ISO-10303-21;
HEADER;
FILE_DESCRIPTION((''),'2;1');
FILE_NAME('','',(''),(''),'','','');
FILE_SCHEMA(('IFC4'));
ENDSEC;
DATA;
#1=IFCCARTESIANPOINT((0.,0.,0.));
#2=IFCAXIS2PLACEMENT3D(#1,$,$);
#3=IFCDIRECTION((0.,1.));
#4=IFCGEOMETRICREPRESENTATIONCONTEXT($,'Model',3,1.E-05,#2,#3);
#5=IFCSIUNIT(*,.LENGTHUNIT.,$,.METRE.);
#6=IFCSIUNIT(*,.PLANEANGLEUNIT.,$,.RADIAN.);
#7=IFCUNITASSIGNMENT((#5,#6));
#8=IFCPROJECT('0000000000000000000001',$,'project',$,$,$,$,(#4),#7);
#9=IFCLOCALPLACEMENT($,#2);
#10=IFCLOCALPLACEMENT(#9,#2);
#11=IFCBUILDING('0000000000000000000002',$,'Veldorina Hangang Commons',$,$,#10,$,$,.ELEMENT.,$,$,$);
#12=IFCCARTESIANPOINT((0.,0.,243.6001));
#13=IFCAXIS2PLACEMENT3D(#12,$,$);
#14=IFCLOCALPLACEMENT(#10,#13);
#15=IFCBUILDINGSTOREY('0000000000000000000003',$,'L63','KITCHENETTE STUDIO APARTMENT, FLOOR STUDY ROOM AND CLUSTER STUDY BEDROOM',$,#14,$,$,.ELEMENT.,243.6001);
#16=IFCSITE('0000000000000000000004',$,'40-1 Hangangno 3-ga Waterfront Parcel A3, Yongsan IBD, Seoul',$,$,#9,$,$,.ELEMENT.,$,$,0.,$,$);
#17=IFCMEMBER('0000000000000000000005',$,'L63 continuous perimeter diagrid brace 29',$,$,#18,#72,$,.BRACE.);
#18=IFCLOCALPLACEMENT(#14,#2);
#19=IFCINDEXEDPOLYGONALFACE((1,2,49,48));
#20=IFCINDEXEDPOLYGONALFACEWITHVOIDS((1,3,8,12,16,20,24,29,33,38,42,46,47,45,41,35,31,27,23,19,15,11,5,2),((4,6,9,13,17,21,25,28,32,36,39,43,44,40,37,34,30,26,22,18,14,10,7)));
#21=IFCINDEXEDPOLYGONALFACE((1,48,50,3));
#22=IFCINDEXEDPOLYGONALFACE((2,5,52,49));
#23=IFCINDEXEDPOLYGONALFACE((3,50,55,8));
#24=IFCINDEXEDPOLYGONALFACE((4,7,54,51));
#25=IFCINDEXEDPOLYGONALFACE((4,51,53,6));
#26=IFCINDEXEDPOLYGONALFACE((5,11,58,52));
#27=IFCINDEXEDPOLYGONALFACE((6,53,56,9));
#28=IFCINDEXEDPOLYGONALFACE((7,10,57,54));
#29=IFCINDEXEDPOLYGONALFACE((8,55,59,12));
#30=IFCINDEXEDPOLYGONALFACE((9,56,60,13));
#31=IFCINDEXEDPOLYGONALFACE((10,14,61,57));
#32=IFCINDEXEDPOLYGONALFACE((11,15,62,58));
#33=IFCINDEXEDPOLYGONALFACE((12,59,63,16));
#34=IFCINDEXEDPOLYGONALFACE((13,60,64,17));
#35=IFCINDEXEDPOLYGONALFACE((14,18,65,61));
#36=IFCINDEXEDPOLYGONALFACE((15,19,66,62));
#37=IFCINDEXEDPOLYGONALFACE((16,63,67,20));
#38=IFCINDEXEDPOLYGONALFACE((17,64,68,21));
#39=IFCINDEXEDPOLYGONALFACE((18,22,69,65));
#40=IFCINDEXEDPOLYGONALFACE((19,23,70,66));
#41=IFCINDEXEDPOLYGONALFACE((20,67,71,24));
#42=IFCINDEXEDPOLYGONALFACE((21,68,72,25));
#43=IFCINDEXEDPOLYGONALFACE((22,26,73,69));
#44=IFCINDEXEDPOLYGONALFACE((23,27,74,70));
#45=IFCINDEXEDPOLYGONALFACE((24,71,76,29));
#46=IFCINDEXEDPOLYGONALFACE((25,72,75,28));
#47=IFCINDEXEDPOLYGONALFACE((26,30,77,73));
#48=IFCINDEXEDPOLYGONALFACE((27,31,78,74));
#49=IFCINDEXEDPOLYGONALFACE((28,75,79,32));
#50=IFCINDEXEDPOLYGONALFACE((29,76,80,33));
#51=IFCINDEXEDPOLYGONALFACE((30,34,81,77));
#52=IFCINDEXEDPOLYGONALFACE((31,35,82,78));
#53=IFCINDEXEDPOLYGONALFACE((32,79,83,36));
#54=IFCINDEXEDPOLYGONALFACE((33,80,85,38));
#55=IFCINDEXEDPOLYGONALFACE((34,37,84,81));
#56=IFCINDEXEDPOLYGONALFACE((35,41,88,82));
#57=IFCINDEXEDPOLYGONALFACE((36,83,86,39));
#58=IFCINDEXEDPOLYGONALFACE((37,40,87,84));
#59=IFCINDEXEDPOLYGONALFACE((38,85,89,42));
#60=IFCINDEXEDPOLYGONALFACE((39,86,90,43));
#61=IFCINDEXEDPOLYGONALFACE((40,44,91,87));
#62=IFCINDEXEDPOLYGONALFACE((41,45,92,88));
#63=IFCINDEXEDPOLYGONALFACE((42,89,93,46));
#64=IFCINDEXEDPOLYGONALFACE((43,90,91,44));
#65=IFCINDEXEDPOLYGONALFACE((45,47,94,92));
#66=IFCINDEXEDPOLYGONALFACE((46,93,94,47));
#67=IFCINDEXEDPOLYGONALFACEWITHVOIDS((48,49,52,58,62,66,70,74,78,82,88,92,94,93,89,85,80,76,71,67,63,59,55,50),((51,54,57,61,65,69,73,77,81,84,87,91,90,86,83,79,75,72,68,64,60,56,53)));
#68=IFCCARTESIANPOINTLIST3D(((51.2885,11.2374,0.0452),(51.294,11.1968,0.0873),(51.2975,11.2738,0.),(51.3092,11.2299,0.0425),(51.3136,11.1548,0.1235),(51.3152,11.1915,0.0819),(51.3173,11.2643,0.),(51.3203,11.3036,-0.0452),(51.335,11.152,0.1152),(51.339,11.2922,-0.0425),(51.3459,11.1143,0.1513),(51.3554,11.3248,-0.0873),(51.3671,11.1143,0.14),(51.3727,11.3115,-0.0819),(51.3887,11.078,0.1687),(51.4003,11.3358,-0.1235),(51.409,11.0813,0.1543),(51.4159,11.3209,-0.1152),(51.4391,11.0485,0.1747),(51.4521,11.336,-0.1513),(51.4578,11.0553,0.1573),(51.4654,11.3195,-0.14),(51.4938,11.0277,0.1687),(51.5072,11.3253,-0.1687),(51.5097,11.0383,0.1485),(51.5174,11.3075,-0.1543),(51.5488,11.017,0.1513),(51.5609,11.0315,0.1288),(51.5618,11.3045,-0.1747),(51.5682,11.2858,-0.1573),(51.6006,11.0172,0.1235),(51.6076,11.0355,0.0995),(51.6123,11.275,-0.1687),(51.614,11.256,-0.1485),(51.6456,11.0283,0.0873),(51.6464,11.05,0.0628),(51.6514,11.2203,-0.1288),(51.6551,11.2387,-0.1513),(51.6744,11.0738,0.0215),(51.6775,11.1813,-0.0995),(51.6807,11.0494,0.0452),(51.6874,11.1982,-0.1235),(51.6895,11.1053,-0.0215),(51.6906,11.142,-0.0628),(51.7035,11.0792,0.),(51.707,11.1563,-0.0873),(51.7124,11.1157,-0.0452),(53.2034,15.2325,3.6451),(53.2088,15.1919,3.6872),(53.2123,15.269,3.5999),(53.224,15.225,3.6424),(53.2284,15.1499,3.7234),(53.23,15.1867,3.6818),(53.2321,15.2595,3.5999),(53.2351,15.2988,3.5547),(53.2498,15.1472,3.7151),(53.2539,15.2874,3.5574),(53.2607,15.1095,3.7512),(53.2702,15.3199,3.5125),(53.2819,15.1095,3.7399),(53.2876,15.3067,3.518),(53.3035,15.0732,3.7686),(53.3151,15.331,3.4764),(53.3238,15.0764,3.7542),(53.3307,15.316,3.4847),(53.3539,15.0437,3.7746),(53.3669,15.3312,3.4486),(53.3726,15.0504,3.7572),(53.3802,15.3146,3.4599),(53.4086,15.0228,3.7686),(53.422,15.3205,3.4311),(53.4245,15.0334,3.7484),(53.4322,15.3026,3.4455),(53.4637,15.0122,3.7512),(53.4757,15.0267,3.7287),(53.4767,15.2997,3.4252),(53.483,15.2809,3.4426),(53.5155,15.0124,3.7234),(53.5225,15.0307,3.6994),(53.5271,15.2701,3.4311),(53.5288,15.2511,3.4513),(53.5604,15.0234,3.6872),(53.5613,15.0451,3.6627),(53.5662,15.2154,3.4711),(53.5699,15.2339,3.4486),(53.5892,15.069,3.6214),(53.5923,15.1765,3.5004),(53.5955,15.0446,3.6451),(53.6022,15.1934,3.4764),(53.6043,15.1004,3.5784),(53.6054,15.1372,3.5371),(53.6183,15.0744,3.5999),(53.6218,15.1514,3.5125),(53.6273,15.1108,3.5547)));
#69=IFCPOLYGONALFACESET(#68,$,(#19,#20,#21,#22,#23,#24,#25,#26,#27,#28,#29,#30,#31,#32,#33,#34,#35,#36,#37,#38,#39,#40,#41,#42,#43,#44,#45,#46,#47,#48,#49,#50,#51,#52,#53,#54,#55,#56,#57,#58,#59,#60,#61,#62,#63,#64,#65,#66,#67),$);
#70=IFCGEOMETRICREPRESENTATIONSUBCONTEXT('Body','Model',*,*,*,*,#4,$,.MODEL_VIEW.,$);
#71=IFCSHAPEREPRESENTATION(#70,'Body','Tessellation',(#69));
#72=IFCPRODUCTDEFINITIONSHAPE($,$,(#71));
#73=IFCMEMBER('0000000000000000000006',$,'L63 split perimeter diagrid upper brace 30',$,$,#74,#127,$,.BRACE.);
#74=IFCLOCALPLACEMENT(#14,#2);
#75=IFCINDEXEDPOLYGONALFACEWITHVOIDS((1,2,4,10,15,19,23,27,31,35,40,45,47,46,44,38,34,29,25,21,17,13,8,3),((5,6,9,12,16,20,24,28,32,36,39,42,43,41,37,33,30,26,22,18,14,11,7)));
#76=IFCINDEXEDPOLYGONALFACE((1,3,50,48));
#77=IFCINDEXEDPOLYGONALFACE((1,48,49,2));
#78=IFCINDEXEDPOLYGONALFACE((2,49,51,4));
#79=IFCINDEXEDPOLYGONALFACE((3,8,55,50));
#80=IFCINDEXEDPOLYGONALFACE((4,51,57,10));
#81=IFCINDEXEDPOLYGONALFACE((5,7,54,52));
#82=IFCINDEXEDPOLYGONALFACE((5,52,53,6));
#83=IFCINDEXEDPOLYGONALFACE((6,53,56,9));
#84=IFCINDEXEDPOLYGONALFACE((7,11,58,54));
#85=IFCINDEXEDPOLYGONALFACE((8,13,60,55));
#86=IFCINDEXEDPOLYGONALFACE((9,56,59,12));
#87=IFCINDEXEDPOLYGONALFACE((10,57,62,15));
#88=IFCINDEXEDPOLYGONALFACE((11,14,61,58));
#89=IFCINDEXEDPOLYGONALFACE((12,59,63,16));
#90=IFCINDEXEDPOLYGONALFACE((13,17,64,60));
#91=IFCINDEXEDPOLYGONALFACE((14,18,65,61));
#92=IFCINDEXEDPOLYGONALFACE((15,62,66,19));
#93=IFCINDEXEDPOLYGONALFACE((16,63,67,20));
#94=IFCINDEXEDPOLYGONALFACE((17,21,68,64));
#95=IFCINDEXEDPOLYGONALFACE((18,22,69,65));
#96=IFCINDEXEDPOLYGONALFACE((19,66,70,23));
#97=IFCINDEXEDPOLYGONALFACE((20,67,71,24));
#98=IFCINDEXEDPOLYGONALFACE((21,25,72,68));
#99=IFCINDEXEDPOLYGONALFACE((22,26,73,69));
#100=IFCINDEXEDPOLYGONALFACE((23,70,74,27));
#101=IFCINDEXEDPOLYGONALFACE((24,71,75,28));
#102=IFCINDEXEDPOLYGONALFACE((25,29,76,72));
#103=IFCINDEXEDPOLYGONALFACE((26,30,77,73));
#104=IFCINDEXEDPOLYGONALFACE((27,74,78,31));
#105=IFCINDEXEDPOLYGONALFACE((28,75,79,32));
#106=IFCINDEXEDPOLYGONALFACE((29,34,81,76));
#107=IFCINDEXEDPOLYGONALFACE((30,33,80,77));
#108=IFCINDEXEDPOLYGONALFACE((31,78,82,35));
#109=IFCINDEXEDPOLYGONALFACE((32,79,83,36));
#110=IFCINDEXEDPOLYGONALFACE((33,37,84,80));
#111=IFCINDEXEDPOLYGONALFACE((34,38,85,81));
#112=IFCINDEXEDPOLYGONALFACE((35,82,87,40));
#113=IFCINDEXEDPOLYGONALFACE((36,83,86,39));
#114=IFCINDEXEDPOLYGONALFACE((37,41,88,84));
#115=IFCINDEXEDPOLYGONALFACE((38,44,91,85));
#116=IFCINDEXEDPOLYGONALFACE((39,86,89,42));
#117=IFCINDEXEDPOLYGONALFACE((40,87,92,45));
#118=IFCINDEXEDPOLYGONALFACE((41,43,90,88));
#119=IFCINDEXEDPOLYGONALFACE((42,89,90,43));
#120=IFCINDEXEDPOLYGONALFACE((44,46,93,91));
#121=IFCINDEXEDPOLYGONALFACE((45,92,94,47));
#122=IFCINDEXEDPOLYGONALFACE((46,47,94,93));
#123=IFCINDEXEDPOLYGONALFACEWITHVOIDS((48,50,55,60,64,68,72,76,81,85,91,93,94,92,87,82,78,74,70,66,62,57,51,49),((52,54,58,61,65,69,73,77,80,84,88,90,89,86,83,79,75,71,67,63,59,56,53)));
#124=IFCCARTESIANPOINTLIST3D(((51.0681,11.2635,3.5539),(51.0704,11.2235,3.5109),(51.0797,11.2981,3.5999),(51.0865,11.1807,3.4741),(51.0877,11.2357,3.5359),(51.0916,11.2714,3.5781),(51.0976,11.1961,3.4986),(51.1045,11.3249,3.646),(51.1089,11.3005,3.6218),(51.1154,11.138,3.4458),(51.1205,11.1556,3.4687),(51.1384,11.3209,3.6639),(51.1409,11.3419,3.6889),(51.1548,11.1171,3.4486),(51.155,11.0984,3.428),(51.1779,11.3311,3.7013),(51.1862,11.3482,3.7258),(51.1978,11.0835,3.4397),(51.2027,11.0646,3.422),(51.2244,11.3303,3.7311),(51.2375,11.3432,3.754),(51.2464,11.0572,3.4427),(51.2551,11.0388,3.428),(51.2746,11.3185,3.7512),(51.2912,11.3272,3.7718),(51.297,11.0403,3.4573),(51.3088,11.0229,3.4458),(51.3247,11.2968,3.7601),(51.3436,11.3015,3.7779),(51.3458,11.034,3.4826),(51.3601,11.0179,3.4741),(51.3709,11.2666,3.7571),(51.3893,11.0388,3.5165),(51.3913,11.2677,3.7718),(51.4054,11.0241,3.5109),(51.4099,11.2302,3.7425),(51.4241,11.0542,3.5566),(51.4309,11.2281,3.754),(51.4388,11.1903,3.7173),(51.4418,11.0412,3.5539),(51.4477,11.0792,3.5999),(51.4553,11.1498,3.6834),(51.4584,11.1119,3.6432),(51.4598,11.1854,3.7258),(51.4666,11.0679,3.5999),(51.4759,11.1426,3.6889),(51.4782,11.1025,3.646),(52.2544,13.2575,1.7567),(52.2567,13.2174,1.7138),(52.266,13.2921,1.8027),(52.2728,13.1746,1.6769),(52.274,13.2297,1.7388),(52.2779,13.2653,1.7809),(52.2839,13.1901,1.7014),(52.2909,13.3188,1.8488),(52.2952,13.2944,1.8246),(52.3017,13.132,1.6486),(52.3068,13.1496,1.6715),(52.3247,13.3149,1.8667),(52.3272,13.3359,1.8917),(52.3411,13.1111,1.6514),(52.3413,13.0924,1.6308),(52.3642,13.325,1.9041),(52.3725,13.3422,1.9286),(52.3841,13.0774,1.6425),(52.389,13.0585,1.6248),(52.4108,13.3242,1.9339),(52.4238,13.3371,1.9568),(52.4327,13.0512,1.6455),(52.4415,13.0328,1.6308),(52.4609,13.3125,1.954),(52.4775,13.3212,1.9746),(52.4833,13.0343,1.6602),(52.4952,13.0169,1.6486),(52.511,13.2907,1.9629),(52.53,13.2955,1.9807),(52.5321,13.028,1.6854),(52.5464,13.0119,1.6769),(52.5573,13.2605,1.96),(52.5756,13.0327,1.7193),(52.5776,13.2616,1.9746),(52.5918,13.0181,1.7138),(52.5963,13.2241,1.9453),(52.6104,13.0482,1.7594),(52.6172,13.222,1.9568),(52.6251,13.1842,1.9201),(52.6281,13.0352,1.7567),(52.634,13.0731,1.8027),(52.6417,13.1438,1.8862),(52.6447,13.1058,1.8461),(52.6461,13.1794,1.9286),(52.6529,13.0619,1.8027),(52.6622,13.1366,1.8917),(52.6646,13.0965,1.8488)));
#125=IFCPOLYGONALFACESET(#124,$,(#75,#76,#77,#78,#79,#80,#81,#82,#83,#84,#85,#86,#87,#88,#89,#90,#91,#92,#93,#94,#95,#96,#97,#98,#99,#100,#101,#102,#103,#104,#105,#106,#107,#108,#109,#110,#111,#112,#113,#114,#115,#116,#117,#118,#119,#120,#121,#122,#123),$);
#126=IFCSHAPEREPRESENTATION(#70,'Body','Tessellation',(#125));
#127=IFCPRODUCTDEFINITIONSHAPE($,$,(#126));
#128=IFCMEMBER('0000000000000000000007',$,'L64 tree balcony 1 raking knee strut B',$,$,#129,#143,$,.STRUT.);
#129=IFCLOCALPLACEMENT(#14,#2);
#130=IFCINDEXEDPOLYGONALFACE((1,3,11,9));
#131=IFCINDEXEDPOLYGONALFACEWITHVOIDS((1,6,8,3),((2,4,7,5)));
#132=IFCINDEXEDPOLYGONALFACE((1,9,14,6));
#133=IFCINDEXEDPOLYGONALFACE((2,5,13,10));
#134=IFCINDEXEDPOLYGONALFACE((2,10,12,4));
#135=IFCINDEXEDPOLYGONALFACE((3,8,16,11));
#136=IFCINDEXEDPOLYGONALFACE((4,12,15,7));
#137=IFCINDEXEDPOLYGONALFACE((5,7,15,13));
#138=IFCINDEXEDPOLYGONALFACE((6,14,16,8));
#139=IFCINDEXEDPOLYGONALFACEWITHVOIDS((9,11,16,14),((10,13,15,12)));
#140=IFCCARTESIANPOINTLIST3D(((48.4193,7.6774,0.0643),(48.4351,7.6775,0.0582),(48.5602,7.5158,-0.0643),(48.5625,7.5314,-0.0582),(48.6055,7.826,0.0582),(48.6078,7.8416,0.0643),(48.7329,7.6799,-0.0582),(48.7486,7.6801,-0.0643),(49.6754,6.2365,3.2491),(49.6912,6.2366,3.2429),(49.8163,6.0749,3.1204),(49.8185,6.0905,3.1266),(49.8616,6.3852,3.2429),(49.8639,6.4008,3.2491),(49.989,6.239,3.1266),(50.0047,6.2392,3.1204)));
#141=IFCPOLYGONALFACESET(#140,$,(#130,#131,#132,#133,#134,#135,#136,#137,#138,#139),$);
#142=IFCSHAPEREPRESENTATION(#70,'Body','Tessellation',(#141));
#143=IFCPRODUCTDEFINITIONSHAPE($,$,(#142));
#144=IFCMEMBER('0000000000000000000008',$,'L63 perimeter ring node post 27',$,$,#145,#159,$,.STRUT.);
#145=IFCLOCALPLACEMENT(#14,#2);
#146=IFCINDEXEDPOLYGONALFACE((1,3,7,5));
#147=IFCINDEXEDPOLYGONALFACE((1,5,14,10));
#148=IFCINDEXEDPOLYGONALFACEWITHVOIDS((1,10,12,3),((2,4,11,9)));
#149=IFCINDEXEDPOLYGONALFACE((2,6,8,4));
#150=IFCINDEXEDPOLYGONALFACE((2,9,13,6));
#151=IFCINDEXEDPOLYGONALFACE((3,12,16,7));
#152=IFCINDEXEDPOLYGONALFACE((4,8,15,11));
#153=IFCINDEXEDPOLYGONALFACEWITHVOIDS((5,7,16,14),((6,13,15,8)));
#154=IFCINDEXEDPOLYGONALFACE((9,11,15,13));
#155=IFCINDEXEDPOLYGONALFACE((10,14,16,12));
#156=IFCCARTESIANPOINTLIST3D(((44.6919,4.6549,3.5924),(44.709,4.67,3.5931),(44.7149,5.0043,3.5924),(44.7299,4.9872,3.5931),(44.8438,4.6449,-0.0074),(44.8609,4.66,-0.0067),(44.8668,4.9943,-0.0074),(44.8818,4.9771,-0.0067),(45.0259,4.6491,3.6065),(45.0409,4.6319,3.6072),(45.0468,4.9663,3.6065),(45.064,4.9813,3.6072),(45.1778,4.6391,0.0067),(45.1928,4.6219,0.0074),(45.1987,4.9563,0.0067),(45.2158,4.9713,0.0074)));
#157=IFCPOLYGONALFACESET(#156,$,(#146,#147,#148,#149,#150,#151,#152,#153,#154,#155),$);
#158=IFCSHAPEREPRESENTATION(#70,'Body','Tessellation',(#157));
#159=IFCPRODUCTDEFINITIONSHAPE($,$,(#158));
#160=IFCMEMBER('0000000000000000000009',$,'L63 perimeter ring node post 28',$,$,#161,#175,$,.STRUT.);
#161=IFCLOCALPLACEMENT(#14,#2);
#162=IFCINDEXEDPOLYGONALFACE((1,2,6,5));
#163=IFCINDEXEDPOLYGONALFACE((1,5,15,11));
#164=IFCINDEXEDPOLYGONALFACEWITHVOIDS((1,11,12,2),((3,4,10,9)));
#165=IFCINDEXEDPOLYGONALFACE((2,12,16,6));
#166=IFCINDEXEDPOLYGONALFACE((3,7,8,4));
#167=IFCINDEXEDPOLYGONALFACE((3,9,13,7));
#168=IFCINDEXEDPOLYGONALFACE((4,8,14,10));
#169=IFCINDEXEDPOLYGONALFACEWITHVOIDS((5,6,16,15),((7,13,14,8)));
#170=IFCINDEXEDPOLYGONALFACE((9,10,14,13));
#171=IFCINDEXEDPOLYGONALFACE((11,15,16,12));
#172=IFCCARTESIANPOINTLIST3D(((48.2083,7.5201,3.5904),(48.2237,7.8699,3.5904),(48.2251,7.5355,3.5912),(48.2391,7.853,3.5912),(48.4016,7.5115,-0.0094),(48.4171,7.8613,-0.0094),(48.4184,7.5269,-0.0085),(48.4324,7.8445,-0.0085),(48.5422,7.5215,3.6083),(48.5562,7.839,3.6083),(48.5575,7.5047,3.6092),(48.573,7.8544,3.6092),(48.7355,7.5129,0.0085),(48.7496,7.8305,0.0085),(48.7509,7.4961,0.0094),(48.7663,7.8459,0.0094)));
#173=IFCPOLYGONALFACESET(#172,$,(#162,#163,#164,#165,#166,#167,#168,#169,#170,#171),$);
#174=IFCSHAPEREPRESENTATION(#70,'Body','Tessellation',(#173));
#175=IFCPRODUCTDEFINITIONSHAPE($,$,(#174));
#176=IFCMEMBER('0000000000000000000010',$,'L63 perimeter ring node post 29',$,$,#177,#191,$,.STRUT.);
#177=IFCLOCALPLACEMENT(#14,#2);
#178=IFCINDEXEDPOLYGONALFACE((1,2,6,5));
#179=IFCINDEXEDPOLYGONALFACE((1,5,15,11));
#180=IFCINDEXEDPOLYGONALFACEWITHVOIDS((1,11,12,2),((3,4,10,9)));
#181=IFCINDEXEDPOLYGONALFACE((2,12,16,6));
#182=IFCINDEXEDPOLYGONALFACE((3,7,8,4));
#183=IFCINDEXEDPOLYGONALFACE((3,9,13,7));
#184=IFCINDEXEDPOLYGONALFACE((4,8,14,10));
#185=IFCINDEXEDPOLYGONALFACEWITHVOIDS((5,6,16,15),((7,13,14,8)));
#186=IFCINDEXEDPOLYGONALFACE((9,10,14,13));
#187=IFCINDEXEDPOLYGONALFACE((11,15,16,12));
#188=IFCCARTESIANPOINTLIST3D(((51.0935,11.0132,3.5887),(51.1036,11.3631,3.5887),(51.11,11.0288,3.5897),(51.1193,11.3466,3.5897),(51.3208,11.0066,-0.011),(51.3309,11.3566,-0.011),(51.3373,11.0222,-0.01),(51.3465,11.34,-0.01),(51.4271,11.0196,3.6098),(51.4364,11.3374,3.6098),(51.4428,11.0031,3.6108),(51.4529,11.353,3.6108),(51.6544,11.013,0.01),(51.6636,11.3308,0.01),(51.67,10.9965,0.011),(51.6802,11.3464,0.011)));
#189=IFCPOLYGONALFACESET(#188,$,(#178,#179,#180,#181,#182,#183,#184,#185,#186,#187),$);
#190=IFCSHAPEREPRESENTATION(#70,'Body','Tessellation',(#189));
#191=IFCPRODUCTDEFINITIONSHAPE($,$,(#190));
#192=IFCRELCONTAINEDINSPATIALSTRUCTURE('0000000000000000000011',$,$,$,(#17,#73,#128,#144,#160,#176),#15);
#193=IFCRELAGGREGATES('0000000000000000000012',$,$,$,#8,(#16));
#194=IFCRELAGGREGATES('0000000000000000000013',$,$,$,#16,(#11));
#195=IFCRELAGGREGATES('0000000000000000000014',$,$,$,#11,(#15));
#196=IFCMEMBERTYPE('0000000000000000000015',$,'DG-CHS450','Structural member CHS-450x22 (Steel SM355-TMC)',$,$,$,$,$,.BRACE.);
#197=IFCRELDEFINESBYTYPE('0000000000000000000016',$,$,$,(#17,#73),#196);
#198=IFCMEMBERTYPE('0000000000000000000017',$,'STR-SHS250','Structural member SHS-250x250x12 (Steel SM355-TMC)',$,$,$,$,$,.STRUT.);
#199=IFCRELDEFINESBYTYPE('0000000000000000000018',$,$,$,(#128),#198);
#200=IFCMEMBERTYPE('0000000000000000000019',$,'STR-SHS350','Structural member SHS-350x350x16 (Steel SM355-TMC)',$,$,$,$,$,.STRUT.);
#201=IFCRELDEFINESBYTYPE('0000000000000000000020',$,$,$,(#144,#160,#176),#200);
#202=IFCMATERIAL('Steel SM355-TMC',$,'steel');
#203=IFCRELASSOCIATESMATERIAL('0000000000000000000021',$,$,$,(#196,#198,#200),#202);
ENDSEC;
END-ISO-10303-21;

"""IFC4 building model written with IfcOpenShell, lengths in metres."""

from ifc_helpers import new_model, si_unit, direction, frame, origin, origin_2d, place, context, subcontext, project, spatial, hollow_rectangle, hollow_circle, extrude, material, material_profile, profile_set, type_object, element, save


model = new_model("IFC4")

# Units and contexts
model_context = context("Model", 3, precision=1e-05, world=origin(), true_north=direction((0.0, 1.0)))
body_context = subcontext(model_context, "Body", "Model", "MODEL_VIEW")
ifc_project = project(units=[si_unit("LENGTHUNIT", "METRE"), si_unit("PLANEANGLEUNIT", "RADIAN")], contexts=[model_context])

# Site, building, storey
site_placement = place(None, origin())
site = spatial("IfcSite", under=ifc_project, at=site_placement, Name="40-1 Hangangno 3-ga Waterfront Parcel A3, Yongsan IBD, Seoul", CompositionType="ELEMENT", RefElevation=0.0)
building_placement = place(site_placement, origin())
building = spatial("IfcBuilding", under=site, at=building_placement, Name="Veldorina Hangang Commons", CompositionType="ELEMENT")
storey_placement = place(building_placement, frame((0.0, 0.0, 243.6001)))
storey = spatial("IfcBuildingStorey", under=building, at=storey_placement, Name="L63", Description="KITCHENETTE STUDIO APARTMENT, FLOOR STUDY ROOM AND CLUSTER STUDY BEDROOM", CompositionType="ELEMENT", Elevation=243.6001)

# Shared definitions
ifc_material_1 = material(Name="Steel SM355-TMC", Category="steel")

# Members
ifc_material_profile_1 = material_profile(ifc_material_1, hollow_circle(Radius=0.2251, WallThickness=0.022, at=origin_2d()), Name="CHS-450x22")
ifc_profile_set_1 = profile_set([ifc_material_profile_1], Name="Steel SM355-TMC")
member_type_1 = type_object("IfcMemberType", Name="DG-CHS450", Description="Structural member CHS-450x22 (Steel SM355-TMC)", PredefinedType="BRACE", material=ifc_profile_set_1)
member_1_placement = place(storey_placement, frame((51.5005, 11.1765, 0.0), z_axis=(0.335432, 0.699861, 0.630619), x_axis=(-0.901775, 0.432206, 0.0)))
element("IfcMember", 1, at=member_1_placement, inside=storey, type_object=member_type_1, Name="L63 continuous perimeter diagrid brace 29", PredefinedType="BRACE", context=body_context, shape_type="SweptSolid", body=[
    extrude(hollow_circle(Radius=0.2251, WallThickness=0.022, at=origin_2d()), origin(), (0.0, 0.0, 1.0), 5.7085),
])
member_2_placement = place(storey_placement, frame((52.4595, 13.177, 1.8027), z_axis=(-0.404224, -0.679419, 0.612367), x_axis=(0.8594, -0.511304, 0.0)))
element("IfcMember", 2, at=member_2_placement, inside=storey, type_object=member_type_1, Name="L63 split perimeter diagrid upper brace 30", PredefinedType="BRACE", context=body_context, shape_type="SweptSolid", body=[
    extrude(hollow_circle(Radius=0.2251, WallThickness=0.022, at=origin_2d()), origin(), (0.0, 0.0, 1.0), 2.9348),
])
ifc_material_profile_2 = material_profile(ifc_material_1, hollow_rectangle(XDim=0.25, YDim=0.25, WallThickness=0.012, at=origin_2d()), Name="SHS-250x250x12")
ifc_profile_set_2 = profile_set([ifc_material_profile_2], Name="Steel SM355-TMC")
member_type_2 = type_object("IfcMemberType", Name="STR-SHS250", Description="Structural member SHS-250x250x12 (Steel SM355-TMC)", PredefinedType="STRUT", material=ifc_profile_set_2)
member_3_placement = place(storey_placement, frame((48.584, 7.6787, 0.0), z_axis=(0.338167, -0.387923, 0.857414), x_axis=(0.753794, 0.657111, 0.0)))
element("IfcMember", 3, at=member_3_placement, inside=storey, type_object=member_type_2, Name="L64 tree balcony 1 raking knee strut B", PredefinedType="STRUT", context=body_context, shape_type="SweptSolid", body=[
    extrude(hollow_rectangle(XDim=0.25, YDim=0.25, WallThickness=0.012, at=origin_2d()), origin(), (0.0, 0.0, 1.0), 3.7144),
])
ifc_material_profile_3 = material_profile(ifc_material_1, hollow_rectangle(XDim=0.3501, YDim=0.3501, WallThickness=0.0161, at=origin_2d()), Name="SHS-350x350x16")
ifc_profile_set_3 = profile_set([ifc_material_profile_3], Name="Steel SM355-TMC")
member_type_3 = type_object("IfcMemberType", Name="STR-SHS350", Description="Structural member SHS-350x350x16 (Steel SM355-TMC)", PredefinedType="STRUT", material=ifc_profile_set_3)
member_4_placement = place(storey_placement, frame((45.0298, 4.8081, 0.0), z_axis=(-0.042146, 0.002778, 0.999108), x_axis=(-0.065774, -0.997835, 0.0)))
element("IfcMember", 4, at=member_4_placement, inside=storey, type_object=member_type_3, Name="L63 perimeter ring node post 27", PredefinedType="STRUT", context=body_context, shape_type="SweptSolid", body=[
    extrude(hollow_rectangle(XDim=0.3501, YDim=0.3501, WallThickness=0.0161, at=origin_2d()), origin(), (0.0, 0.0, 1.0), 3.603),
])
member_5_placement = place(storey_placement, frame((48.584, 7.6787, 0.0), z_axis=(-0.053636, 0.00237, 0.998558), x_axis=(-0.044149, -0.999025, 0.0)))
element("IfcMember", 5, at=member_5_placement, inside=storey, type_object=member_type_3, Name="L63 perimeter ring node post 28", PredefinedType="STRUT", context=body_context, shape_type="SweptSolid", body=[
    extrude(hollow_rectangle(XDim=0.3501, YDim=0.3501, WallThickness=0.0161, at=origin_2d()), origin(), (0.0, 0.0, 1.0), 3.605),
])
member_6_placement = place(storey_placement, frame((51.5005, 11.1765, 0.0), z_axis=(-0.063014, 0.001827, 0.998011), x_axis=(-0.028989, -0.99958, 0.0)))
element("IfcMember", 6, at=member_6_placement, inside=storey, type_object=member_type_3, Name="L63 perimeter ring node post 29", PredefinedType="STRUT", context=body_context, shape_type="SweptSolid", body=[
    extrude(hollow_rectangle(XDim=0.3501, YDim=0.3501, WallThickness=0.0161, at=origin_2d()), origin(), (0.0, 0.0, 1.0), 3.6069),
])

save(model, "model.ifc")
